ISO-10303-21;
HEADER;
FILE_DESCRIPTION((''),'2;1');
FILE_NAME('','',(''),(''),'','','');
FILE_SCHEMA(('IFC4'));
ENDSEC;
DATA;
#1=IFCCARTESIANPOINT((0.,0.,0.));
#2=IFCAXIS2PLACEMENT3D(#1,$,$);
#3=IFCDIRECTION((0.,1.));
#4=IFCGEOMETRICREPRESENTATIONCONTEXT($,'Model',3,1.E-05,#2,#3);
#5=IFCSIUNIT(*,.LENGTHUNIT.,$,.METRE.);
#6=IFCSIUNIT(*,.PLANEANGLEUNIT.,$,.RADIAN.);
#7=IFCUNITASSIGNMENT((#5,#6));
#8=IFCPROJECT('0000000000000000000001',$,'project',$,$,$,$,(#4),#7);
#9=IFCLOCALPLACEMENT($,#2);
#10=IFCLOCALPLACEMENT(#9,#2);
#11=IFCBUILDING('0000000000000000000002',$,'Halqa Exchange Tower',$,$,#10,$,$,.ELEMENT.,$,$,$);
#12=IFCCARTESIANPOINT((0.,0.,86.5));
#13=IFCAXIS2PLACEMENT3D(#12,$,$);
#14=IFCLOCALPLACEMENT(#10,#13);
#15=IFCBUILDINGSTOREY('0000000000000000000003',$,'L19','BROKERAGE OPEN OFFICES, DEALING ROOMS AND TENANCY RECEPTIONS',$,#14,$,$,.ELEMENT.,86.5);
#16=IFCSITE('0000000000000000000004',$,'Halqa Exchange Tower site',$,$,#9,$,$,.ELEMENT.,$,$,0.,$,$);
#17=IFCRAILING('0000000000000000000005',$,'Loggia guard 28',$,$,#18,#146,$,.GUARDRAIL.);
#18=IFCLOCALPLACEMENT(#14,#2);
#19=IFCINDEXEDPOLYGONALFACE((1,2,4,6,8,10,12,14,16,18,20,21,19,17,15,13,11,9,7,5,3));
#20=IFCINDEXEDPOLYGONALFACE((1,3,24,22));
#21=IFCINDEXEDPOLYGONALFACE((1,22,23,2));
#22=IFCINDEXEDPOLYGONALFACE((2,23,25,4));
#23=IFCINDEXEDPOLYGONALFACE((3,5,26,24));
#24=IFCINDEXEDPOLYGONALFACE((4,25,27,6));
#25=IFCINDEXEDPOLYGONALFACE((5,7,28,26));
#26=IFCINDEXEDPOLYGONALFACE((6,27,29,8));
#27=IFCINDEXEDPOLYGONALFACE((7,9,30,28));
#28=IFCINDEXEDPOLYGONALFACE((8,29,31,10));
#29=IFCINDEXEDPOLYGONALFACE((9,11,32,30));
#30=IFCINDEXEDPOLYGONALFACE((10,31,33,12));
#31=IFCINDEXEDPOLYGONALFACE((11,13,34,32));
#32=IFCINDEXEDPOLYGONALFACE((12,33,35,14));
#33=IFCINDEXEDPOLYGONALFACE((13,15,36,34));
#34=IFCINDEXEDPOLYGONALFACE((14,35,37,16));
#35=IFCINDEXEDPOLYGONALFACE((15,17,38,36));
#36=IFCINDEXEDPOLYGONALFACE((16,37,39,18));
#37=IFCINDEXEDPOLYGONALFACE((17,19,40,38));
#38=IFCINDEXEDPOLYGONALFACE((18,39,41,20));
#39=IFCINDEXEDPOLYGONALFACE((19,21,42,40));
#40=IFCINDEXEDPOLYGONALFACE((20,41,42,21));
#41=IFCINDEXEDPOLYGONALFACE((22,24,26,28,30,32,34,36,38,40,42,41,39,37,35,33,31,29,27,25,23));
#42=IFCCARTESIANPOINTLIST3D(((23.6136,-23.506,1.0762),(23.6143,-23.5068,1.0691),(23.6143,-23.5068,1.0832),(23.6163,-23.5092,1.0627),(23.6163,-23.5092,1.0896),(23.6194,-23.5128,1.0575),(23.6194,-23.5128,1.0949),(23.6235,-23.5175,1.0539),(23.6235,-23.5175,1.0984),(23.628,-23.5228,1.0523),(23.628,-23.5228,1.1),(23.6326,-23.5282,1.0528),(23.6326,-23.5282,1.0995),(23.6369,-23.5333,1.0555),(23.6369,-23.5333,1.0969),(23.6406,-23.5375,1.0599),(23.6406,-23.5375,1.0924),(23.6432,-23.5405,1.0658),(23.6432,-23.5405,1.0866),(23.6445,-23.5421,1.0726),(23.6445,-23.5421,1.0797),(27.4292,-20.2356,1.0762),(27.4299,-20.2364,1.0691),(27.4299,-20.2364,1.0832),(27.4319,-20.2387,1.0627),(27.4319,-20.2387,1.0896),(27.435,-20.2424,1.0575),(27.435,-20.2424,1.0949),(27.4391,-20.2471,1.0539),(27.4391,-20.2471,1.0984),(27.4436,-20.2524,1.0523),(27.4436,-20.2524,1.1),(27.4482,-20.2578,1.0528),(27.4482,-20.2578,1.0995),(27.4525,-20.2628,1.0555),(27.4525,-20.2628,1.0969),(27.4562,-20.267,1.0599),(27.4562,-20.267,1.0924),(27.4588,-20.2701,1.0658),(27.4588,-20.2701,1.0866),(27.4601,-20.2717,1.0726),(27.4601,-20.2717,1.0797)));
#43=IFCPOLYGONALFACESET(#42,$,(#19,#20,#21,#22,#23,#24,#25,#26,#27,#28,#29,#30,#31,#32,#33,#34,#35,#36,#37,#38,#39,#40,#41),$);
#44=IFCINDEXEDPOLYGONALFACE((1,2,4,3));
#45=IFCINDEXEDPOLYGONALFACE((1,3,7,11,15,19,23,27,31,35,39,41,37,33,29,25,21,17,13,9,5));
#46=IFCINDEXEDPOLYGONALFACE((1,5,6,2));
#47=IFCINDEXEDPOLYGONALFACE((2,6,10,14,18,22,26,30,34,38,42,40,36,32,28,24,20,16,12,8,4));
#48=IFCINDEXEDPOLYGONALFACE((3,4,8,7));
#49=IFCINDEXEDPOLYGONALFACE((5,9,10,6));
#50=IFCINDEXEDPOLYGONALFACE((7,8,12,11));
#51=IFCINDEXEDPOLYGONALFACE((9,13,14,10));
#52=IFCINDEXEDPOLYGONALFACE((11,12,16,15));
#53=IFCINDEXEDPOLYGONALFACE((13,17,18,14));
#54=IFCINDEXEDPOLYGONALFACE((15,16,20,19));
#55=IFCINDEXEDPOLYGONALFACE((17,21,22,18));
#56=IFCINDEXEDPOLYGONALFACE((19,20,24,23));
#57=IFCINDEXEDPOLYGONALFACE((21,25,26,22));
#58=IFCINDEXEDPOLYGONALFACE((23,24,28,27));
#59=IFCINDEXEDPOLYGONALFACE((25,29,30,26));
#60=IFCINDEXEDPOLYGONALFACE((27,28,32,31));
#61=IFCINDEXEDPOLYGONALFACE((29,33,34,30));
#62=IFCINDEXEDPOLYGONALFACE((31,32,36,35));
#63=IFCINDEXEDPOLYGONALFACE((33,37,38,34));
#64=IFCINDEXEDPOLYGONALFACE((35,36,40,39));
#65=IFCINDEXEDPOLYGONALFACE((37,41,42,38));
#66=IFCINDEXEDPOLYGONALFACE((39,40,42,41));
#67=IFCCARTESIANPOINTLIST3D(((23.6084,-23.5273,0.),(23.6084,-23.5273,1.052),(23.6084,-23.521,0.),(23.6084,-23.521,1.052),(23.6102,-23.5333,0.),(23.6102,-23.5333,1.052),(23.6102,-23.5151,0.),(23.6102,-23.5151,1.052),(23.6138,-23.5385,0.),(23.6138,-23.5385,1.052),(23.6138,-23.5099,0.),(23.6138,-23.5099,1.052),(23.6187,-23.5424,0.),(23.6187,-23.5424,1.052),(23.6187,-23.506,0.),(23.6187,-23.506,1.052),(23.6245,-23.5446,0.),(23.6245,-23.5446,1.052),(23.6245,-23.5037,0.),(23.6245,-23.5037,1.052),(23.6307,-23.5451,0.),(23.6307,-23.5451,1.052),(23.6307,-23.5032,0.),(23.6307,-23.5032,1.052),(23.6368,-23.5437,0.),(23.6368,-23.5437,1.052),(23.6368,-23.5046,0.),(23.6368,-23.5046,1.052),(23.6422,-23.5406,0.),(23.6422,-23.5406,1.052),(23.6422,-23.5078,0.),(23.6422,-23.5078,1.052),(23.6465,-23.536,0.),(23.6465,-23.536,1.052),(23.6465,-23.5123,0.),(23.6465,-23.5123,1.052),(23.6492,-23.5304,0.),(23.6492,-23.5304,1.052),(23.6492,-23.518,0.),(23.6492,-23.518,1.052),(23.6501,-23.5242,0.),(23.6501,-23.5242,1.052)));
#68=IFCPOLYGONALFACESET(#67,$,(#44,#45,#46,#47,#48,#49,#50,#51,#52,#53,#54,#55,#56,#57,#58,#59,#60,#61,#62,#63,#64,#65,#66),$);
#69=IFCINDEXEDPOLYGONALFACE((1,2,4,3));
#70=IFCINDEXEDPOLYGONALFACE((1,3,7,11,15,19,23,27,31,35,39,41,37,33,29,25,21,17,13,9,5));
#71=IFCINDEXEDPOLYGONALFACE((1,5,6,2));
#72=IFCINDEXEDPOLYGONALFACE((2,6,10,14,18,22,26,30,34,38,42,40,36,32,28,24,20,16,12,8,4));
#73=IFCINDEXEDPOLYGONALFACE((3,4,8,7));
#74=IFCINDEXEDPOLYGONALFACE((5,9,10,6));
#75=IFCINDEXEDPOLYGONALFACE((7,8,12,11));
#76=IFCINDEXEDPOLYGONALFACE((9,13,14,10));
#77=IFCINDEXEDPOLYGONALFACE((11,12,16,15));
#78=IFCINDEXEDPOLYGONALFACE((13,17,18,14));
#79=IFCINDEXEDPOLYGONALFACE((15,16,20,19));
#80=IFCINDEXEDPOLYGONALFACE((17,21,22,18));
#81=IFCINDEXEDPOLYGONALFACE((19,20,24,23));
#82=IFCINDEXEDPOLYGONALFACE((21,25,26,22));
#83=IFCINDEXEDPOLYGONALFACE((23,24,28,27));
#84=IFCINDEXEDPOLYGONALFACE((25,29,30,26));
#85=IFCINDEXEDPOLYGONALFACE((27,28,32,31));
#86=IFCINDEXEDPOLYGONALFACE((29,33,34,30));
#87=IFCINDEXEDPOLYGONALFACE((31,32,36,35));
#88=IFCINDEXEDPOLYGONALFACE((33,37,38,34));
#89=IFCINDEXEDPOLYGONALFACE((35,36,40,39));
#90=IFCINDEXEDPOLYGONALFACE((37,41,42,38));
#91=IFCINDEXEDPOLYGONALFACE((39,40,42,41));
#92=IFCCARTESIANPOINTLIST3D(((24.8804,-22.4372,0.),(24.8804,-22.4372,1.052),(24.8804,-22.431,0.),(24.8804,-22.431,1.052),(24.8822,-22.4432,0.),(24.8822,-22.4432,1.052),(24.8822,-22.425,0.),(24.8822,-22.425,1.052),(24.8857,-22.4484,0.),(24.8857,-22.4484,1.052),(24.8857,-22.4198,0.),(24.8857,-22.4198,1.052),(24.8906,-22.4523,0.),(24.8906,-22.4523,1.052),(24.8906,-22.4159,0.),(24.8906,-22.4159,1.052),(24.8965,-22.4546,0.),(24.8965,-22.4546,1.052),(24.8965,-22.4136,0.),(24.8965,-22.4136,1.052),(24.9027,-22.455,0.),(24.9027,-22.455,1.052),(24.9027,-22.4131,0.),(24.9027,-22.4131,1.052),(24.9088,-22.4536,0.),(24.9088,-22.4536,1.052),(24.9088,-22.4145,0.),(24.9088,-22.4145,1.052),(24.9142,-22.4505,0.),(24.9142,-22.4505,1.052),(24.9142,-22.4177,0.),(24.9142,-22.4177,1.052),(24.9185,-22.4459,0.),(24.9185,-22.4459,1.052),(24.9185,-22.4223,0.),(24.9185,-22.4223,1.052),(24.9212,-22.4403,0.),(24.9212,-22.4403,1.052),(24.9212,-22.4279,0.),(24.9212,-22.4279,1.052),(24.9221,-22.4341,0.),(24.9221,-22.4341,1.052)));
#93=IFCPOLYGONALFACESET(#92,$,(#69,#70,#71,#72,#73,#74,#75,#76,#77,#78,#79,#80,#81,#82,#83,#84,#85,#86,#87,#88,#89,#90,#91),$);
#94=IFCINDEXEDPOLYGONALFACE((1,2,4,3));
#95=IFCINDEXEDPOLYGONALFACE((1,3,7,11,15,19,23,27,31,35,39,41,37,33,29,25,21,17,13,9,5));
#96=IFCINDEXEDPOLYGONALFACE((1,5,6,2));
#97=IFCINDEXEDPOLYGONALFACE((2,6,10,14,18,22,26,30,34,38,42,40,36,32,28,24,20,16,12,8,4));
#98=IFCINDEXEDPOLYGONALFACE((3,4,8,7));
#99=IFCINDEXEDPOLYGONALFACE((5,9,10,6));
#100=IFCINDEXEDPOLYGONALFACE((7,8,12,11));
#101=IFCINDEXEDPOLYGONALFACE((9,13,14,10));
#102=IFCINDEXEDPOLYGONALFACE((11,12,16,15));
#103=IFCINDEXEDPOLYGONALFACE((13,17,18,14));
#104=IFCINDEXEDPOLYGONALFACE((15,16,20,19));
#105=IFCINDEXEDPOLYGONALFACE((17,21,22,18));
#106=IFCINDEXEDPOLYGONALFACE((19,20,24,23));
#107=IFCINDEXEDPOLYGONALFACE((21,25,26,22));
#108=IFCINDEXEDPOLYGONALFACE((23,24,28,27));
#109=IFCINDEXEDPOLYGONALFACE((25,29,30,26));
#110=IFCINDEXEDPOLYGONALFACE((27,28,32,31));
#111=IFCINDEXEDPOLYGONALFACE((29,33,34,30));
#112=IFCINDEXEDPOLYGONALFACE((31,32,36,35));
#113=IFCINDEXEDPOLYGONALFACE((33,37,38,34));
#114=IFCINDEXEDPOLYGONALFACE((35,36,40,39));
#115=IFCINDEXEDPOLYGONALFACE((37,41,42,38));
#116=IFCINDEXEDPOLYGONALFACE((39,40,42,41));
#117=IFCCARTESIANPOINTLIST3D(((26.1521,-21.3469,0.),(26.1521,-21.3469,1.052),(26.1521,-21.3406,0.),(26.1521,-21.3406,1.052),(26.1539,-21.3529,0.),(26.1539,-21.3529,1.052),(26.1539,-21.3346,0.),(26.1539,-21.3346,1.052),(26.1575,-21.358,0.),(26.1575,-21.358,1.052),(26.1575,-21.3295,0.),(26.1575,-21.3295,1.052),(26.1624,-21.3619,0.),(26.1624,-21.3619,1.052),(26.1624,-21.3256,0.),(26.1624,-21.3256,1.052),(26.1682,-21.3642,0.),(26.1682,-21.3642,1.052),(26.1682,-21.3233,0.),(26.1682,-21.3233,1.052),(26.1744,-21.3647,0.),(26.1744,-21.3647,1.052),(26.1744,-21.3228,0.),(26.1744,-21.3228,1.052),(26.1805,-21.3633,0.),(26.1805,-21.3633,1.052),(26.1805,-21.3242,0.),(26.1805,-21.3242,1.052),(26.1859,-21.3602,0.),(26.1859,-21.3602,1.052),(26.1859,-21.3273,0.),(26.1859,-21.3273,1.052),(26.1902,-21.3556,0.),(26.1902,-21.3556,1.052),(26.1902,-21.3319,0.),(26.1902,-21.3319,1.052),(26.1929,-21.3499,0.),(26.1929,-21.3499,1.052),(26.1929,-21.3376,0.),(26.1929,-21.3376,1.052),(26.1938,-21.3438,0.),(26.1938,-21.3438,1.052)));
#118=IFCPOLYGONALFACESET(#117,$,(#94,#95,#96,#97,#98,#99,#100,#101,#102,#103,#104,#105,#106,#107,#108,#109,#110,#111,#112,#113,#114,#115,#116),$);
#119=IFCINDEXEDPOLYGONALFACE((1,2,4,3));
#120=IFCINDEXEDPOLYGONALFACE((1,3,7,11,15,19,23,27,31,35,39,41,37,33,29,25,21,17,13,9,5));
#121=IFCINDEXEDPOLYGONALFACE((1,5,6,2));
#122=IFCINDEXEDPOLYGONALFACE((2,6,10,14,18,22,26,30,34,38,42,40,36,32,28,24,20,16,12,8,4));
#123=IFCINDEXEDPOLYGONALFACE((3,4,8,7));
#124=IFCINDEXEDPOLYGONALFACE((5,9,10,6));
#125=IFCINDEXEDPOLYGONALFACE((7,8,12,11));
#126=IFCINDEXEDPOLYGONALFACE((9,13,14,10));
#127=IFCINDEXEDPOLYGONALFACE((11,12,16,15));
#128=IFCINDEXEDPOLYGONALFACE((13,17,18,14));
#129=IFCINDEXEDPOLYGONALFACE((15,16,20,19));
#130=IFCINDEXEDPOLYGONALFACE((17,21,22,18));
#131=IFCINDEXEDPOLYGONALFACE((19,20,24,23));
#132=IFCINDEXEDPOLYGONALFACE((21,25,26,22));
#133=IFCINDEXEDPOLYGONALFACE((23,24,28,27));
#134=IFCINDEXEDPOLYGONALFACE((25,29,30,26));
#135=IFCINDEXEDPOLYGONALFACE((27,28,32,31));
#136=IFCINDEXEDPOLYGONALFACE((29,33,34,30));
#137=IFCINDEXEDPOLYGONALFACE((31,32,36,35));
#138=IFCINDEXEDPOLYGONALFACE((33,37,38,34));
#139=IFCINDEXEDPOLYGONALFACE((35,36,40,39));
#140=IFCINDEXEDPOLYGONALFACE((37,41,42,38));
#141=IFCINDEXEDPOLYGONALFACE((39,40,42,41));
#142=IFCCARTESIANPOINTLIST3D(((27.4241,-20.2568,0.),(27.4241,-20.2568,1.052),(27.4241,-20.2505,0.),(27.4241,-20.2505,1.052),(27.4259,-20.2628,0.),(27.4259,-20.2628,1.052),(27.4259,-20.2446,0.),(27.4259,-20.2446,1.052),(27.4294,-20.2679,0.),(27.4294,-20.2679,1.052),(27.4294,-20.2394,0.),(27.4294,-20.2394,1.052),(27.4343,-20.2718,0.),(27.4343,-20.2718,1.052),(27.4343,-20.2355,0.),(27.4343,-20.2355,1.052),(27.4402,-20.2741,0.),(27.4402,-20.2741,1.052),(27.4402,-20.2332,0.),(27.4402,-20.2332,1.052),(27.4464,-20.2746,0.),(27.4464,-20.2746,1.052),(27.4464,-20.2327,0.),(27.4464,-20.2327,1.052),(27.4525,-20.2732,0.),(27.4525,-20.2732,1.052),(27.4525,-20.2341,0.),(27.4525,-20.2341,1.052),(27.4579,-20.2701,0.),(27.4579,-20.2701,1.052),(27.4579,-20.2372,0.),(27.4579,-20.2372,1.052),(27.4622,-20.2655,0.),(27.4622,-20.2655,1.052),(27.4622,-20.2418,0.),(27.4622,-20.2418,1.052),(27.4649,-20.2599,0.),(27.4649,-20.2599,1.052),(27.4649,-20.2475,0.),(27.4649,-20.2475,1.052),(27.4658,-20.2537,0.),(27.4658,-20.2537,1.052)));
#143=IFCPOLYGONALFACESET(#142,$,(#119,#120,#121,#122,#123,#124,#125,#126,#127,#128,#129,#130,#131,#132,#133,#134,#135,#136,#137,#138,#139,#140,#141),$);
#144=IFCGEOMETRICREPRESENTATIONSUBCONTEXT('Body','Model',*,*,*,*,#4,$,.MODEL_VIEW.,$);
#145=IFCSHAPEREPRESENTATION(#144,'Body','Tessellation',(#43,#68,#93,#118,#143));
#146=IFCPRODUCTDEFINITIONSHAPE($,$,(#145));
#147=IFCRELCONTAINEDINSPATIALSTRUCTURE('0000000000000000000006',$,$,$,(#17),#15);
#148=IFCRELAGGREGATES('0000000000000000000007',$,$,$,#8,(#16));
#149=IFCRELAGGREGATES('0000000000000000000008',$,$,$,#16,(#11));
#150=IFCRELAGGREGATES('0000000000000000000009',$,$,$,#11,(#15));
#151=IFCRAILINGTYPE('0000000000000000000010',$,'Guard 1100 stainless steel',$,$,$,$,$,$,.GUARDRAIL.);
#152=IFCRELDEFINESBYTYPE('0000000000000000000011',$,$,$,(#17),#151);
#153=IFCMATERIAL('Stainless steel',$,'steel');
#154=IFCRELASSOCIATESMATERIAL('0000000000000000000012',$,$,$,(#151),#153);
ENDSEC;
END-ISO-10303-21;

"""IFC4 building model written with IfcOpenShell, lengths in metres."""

from ifc_helpers import new_model, si_unit, direction, frame, origin, origin_2d, place, context, subcontext, project, spatial, circle, extrude, material, type_object, element, save


model = new_model("IFC4")

# Units and contexts
model_context = context("Model", 3, precision=1e-05, world=origin(), true_north=direction((0.0, 1.0)))
body_context = subcontext(model_context, "Body", "Model", "MODEL_VIEW")
ifc_project = project(units=[si_unit("LENGTHUNIT", "METRE"), si_unit("PLANEANGLEUNIT", "RADIAN")], contexts=[model_context])

# Site, building, storey
site_placement = place(None, origin())
site = spatial("IfcSite", under=ifc_project, at=site_placement, Name="Halqa Exchange Tower site", CompositionType="ELEMENT", RefElevation=0.0)
building_placement = place(site_placement, origin())
building = spatial("IfcBuilding", under=site, at=building_placement, Name="Halqa Exchange Tower", CompositionType="ELEMENT")
storey_placement = place(building_placement, frame((0.0, 0.0, 86.5)))
storey = spatial("IfcBuildingStorey", under=building, at=storey_placement, Name="L19", Description="BROKERAGE OPEN OFFICES, DEALING ROOMS AND TENANCY RECEPTIONS", CompositionType="ELEMENT", Elevation=86.5)

# Railing
ifc_material_1 = material(Name="Stainless steel", Category="steel")
railing_type = type_object("IfcRailingType", Name="Guard 1100 stainless steel", PredefinedType="GUARDRAIL", material=ifc_material_1)
railing_1_placement = place(storey_placement, frame((23.6292, -23.5242, 0.0)))
element("IfcRailing", 1, at=railing_1_placement, inside=storey, type_object=railing_type, Name="Loggia guard 28", PredefinedType="GUARDRAIL", context=body_context, shape_type="SweptSolid", body=[
    extrude(circle(Radius=0.0239, at=origin_2d()), frame((0.0, 0.0, 1.0762), z_axis=(0.759263, 0.650783, 0.0), x_axis=(-0.650783, 0.759263, 0.0)), (0.0, 0.0, 1.0), 5.0254),
    extrude(circle(Radius=0.021, at=origin_2d()), origin(), (0.0, 0.0, 1.0), 1.052),
    extrude(circle(Radius=0.021, at=origin_2d()), frame((1.272, 1.0901, 0.0)), (0.0, 0.0, 1.0), 1.052),
    extrude(circle(Radius=0.021, at=origin_2d()), frame((2.5437, 2.1804, 0.0)), (0.0, 0.0, 1.0), 1.052),
    extrude(circle(Radius=0.021, at=origin_2d()), frame((3.8157, 3.2705, 0.0)), (0.0, 0.0, 1.0), 1.052),
])

save(model, "model.ifc")
